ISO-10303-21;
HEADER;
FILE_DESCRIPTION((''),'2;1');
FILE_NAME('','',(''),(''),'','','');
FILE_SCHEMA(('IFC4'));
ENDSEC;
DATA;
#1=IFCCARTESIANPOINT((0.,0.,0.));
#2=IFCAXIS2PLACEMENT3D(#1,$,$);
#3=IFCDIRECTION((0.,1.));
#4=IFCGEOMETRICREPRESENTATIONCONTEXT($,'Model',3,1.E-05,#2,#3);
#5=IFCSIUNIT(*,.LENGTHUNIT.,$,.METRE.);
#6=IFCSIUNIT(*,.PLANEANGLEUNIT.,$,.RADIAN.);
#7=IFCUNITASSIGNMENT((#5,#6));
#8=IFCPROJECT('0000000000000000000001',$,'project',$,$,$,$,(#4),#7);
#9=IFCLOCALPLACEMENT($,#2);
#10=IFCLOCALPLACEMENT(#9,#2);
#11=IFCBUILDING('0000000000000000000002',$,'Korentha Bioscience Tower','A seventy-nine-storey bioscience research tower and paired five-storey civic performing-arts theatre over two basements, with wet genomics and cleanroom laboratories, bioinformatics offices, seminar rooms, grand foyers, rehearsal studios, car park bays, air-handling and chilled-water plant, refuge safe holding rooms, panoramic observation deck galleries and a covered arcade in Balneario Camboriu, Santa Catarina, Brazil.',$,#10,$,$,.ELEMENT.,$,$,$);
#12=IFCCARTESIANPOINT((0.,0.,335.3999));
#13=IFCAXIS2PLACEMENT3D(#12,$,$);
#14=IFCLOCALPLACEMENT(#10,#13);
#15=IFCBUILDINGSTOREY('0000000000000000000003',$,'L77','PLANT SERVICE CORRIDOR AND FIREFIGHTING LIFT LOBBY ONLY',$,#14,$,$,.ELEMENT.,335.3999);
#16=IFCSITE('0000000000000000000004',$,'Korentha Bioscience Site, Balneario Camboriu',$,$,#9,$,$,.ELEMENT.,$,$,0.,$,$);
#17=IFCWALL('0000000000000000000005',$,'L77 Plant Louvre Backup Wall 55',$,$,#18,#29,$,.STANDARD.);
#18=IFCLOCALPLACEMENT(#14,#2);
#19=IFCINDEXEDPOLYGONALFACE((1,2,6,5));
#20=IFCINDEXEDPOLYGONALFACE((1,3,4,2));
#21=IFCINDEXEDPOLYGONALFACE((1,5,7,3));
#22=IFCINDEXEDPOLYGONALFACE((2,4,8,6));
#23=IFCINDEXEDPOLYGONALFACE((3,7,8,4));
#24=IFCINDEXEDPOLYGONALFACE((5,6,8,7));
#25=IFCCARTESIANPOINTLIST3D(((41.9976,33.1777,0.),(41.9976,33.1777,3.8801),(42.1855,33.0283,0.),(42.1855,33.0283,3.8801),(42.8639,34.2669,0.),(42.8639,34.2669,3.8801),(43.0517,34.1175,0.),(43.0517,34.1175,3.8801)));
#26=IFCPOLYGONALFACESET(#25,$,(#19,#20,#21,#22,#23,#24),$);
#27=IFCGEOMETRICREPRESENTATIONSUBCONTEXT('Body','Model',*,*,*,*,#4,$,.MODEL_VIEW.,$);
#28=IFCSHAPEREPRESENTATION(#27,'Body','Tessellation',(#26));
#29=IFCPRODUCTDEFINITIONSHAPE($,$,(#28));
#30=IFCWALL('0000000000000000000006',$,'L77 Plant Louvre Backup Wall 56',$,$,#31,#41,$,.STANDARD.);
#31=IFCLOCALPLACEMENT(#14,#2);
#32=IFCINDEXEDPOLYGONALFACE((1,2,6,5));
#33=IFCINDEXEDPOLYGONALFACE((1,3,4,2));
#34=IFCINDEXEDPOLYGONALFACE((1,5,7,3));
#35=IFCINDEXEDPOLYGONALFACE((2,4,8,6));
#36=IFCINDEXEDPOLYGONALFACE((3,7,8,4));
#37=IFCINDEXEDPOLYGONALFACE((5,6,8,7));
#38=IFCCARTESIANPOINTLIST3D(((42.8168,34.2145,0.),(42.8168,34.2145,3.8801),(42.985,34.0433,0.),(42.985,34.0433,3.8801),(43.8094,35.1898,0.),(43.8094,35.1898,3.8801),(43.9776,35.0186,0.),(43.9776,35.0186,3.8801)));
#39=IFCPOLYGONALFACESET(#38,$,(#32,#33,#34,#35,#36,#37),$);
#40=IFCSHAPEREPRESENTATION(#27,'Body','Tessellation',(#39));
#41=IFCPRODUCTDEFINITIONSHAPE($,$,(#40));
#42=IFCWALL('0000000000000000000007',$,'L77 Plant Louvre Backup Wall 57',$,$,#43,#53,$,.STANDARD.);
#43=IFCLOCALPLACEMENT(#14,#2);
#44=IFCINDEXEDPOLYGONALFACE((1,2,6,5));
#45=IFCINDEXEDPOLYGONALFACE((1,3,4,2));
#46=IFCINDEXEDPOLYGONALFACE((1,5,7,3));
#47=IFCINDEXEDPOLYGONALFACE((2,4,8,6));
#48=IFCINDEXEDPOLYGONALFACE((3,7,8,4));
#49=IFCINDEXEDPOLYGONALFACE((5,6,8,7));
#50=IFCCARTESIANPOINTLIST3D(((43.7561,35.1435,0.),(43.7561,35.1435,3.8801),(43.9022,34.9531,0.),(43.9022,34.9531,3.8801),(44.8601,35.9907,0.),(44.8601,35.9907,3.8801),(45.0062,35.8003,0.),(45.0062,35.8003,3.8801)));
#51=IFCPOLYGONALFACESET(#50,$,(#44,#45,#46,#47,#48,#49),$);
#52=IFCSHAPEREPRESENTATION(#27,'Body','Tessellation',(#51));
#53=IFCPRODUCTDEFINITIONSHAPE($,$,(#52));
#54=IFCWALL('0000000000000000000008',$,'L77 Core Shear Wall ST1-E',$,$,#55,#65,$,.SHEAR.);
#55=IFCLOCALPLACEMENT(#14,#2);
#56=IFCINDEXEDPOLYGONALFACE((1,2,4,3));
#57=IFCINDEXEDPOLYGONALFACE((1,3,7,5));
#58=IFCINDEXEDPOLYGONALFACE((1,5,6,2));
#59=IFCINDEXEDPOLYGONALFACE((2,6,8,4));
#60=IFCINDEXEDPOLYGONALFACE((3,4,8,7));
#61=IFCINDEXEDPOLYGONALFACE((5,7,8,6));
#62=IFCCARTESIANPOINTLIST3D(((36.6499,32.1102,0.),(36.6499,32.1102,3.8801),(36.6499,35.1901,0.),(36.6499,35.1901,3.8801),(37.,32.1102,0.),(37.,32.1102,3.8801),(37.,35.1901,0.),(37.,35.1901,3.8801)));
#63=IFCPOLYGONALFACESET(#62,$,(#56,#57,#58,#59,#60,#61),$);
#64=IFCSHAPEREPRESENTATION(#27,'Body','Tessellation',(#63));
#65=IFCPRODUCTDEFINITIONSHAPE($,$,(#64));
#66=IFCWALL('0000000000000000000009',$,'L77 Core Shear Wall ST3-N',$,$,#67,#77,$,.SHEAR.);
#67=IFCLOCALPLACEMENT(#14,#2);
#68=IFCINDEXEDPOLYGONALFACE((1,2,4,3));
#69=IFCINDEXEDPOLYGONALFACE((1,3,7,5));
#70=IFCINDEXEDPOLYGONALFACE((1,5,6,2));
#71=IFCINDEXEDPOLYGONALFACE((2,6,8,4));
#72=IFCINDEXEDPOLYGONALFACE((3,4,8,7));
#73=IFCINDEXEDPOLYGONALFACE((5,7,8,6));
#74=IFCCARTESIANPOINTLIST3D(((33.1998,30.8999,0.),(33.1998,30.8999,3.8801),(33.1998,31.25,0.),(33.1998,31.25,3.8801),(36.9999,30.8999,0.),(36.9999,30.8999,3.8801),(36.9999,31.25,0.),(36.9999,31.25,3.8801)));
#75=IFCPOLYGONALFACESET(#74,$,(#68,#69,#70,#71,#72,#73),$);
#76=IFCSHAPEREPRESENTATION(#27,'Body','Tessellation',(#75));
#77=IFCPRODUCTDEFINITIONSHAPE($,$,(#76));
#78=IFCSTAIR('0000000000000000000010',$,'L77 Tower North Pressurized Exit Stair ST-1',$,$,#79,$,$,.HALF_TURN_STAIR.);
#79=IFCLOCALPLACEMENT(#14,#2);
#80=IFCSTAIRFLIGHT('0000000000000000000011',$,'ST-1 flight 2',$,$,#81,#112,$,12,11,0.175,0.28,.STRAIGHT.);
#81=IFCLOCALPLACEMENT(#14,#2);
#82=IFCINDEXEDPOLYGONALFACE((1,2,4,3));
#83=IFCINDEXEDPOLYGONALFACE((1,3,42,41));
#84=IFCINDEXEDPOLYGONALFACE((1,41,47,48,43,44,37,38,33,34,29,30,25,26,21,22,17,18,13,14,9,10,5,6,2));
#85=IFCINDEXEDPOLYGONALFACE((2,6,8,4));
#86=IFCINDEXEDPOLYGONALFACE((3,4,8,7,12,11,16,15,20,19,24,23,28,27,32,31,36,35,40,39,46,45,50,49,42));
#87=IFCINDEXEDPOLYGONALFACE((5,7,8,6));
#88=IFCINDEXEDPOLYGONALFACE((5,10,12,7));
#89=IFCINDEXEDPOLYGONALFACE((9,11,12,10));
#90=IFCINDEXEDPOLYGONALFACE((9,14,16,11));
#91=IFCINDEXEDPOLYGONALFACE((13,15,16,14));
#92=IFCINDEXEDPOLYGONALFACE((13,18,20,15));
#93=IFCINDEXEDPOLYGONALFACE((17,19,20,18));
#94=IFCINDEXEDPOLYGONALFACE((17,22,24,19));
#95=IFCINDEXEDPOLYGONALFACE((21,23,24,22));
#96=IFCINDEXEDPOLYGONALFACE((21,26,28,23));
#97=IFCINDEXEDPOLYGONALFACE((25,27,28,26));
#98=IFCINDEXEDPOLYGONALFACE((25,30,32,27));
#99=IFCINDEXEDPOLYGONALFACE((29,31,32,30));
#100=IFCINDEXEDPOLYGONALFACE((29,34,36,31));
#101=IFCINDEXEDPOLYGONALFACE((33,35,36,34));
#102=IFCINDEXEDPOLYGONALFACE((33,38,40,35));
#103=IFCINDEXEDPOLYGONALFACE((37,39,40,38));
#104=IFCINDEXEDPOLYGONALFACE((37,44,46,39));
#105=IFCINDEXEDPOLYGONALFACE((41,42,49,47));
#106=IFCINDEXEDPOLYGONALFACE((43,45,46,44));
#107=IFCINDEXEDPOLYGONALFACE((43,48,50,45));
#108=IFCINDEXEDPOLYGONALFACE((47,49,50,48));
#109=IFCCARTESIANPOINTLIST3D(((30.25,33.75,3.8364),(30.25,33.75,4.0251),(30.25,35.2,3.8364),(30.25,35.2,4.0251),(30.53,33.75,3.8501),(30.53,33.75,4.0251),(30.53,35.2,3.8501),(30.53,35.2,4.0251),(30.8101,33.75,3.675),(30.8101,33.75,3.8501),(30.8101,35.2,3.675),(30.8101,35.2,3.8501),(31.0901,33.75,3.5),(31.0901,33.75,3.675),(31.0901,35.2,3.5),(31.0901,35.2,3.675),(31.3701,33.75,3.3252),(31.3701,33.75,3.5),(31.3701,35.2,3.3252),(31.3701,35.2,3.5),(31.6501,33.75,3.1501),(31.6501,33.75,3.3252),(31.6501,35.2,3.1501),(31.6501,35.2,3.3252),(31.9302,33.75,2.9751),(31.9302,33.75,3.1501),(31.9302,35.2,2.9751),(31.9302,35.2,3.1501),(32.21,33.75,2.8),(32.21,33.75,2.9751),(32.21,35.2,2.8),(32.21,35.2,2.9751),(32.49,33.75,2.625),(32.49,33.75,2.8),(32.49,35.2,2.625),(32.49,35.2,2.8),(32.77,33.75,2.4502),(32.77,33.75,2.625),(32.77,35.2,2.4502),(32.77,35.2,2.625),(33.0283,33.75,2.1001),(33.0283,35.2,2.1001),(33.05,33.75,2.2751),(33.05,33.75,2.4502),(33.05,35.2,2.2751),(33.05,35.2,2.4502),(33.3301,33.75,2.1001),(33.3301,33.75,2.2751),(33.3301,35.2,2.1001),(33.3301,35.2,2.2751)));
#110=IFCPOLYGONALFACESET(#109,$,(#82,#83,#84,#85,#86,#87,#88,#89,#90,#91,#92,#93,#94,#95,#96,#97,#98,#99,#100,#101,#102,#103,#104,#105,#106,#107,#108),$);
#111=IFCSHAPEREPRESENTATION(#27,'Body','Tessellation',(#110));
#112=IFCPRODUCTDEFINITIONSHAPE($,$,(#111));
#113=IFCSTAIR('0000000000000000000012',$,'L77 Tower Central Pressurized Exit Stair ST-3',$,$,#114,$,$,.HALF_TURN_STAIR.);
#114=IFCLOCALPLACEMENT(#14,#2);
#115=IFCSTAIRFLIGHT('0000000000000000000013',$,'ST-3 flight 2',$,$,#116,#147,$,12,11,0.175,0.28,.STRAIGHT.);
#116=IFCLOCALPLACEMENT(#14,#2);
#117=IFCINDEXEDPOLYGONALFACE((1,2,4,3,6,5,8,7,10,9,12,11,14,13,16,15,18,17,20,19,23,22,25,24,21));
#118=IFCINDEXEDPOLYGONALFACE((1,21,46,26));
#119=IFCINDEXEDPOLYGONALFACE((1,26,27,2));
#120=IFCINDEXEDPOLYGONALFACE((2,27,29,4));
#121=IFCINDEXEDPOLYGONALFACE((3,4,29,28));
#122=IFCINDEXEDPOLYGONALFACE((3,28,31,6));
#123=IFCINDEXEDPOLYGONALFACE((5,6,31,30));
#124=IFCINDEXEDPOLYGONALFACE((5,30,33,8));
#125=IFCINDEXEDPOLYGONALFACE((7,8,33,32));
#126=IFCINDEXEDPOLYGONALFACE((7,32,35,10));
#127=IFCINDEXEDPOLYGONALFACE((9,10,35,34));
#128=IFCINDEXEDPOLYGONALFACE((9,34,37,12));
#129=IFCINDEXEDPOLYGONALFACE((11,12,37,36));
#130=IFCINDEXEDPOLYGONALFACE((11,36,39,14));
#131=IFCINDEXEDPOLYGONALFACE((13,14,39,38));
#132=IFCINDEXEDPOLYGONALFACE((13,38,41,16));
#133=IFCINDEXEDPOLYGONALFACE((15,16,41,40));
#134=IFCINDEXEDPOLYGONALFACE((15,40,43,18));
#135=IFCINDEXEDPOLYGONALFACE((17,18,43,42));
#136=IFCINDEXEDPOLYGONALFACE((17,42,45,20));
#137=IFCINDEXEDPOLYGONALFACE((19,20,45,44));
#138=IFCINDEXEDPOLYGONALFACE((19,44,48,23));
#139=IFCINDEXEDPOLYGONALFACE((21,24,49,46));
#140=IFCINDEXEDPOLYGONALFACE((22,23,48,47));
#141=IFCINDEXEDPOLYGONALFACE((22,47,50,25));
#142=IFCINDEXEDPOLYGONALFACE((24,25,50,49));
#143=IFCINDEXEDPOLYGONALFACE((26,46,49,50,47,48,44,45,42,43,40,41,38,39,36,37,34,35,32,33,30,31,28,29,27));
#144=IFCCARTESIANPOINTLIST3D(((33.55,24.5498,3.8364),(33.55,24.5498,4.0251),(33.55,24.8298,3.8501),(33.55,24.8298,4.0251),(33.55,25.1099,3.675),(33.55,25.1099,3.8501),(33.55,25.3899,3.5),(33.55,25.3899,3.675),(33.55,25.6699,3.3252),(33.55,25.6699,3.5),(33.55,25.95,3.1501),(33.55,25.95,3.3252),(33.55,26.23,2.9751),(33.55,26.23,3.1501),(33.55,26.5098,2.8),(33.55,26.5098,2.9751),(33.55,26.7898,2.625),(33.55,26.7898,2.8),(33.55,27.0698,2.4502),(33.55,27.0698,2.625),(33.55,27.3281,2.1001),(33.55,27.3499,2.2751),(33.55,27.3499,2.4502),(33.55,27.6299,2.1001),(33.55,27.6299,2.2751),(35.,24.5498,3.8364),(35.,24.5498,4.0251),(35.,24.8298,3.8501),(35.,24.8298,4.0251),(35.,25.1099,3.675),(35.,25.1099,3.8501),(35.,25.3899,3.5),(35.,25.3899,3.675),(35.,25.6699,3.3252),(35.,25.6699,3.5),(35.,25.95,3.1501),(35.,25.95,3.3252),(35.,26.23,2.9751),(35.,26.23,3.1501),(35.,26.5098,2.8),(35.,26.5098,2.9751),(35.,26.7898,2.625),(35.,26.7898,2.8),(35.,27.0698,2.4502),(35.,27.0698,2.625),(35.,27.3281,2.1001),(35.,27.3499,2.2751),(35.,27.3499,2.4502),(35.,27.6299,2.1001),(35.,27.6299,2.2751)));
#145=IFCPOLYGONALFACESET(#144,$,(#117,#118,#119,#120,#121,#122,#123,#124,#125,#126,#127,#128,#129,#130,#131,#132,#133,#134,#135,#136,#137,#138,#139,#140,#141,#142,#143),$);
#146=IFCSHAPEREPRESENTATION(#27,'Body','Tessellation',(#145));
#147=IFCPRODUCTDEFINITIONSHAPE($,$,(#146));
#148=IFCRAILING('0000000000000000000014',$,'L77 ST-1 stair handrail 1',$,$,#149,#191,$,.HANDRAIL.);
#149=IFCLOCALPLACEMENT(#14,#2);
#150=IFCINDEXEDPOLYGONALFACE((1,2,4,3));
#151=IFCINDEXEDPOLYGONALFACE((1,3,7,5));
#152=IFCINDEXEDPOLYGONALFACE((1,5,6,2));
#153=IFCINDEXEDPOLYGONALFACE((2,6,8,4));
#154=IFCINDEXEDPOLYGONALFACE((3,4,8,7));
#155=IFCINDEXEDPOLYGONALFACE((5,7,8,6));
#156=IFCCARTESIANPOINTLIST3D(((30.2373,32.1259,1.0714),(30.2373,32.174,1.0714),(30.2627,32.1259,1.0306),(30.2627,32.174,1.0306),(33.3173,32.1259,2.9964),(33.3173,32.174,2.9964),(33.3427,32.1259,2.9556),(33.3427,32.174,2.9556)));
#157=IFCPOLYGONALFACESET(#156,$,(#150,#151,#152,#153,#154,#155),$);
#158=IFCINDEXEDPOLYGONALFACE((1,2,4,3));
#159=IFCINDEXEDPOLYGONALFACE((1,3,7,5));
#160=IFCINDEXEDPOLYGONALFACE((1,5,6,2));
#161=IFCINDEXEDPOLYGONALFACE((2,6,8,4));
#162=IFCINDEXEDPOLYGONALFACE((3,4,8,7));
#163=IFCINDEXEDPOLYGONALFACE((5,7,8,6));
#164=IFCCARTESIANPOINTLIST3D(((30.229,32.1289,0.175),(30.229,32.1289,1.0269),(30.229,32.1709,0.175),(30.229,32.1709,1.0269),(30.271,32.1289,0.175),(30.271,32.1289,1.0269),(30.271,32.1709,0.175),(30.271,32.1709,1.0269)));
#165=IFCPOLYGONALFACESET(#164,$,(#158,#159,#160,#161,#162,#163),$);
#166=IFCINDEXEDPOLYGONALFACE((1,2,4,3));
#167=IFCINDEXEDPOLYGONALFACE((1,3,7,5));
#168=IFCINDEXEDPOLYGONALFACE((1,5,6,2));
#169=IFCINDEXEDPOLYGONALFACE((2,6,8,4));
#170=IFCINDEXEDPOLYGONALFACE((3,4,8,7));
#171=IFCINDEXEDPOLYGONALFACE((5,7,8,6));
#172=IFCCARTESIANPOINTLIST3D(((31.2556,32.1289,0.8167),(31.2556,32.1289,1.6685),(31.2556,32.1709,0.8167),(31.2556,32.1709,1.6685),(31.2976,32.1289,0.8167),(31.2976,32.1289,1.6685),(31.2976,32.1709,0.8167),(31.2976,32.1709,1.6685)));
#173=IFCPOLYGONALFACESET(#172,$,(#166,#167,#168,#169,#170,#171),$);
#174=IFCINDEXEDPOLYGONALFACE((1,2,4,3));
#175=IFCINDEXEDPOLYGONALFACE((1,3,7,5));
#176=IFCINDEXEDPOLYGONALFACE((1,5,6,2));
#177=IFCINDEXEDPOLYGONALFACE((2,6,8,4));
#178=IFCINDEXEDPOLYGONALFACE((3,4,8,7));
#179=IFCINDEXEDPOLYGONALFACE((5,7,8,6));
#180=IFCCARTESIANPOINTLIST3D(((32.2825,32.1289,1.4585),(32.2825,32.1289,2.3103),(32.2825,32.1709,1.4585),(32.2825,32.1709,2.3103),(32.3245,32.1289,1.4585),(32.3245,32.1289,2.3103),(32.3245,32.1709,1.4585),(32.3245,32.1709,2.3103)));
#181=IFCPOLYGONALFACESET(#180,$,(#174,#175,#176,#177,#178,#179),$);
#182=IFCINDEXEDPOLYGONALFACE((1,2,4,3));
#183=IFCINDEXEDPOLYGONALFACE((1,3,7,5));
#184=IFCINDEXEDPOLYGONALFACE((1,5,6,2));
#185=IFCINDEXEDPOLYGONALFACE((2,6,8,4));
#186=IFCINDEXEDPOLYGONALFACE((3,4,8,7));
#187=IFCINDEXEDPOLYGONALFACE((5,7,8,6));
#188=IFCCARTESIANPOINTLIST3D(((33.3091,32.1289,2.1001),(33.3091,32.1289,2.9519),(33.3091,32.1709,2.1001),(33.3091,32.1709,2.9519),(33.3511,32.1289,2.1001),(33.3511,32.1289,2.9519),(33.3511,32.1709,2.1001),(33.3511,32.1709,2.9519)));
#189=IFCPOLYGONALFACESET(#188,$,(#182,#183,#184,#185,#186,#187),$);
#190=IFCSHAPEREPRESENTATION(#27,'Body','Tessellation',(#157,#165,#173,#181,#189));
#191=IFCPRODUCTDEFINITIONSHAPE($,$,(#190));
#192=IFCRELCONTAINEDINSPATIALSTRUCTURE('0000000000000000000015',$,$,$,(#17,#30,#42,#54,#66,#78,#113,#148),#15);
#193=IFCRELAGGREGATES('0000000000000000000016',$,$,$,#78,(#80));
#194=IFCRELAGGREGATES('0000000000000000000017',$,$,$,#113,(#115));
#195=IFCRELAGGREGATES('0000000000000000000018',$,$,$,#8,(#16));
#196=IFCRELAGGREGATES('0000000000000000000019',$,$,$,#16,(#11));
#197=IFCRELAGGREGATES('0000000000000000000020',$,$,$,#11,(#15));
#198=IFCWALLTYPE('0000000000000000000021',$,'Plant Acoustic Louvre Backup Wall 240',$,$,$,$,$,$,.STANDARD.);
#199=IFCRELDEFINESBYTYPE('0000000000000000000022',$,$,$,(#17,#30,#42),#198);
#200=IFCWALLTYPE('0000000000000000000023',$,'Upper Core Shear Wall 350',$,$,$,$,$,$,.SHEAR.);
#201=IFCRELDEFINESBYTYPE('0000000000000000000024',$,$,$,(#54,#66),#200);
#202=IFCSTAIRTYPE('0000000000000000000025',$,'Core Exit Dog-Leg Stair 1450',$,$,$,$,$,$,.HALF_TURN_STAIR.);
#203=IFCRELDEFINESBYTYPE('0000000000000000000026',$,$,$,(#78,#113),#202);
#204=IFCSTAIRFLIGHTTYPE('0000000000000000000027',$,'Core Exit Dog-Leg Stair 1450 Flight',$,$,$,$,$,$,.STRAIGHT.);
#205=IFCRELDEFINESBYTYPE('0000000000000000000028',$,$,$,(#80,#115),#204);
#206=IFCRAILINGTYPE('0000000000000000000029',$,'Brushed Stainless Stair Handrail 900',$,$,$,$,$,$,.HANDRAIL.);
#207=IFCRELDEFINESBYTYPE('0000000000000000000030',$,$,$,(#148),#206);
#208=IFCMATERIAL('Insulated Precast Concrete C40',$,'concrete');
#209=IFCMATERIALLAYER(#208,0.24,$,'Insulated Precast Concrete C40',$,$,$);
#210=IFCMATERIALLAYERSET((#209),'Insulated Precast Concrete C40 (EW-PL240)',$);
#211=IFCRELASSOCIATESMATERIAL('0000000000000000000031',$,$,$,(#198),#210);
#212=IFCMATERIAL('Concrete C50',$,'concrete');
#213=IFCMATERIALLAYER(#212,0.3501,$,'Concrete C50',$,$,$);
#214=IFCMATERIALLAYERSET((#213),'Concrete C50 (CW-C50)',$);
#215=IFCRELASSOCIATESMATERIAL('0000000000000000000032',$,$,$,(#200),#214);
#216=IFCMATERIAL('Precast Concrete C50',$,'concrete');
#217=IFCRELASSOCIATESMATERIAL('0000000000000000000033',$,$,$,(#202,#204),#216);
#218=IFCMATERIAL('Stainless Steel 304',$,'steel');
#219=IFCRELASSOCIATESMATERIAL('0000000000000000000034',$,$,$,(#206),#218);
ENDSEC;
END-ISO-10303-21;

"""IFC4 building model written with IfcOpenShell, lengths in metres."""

from ifc_helpers import new_model, si_unit, direction, frame, frame_2d, origin, origin_2d, place, context, subcontext, project, spatial, polyline, rectangle, outline, extrude, material, layer, layer_set, type_object, element, aggregate, save


model = new_model("IFC4")

# Units and contexts
model_context = context("Model", 3, precision=1e-05, world=origin(), true_north=direction((0.0, 1.0)))
body_context = subcontext(model_context, "Body", "Model", "MODEL_VIEW")
ifc_project = project(units=[si_unit("LENGTHUNIT", "METRE"), si_unit("PLANEANGLEUNIT", "RADIAN")], contexts=[model_context])

# Site, building, storey
site_placement = place(None, origin())
site = spatial("IfcSite", under=ifc_project, at=site_placement, Name="Korentha Bioscience Site, Balneario Camboriu", CompositionType="ELEMENT", RefElevation=0.0)
building_placement = place(site_placement, origin())
building = spatial("IfcBuilding", under=site, at=building_placement, Name="Korentha Bioscience Tower", Description="A seventy-nine-storey bioscience research tower and paired five-storey civic performing-arts theatre over two basements, with wet genomics and cleanroom laboratories, bioinformatics offices, seminar rooms, grand foyers, rehearsal studios, car park bays, air-handling and chilled-water plant, refuge safe holding rooms, panoramic observation deck galleries and a covered arcade in Balneario Camboriu, Santa Catarina, Brazil.", CompositionType="ELEMENT")
storey_placement = place(building_placement, frame((0.0, 0.0, 335.3999)))
storey = spatial("IfcBuildingStorey", under=building, at=storey_placement, Name="L77", Description="PLANT SERVICE CORRIDOR AND FIREFIGHTING LIFT LOBBY ONLY", CompositionType="ELEMENT", Elevation=335.3999)

# Shared definitions
ifc_material_1 = material(Name="Concrete C50", Category="concrete")

# Walls
ifc_material_2 = material(Name="Insulated Precast Concrete C40", Category="concrete")
ifc_layer_1 = layer(ifc_material_2, 0.24, Name="Insulated Precast Concrete C40")
ifc_layer_set_1 = layer_set([ifc_layer_1], Name="Insulated Precast Concrete C40 (EW-PL240)")
wall_type_1 = type_object("IfcWallType", Name="Plant Acoustic Louvre Backup Wall 240", PredefinedType="STANDARD", material=ifc_layer_set_1)
for number, where, z_axis, x_axis, name in (
    (1, (42.0916, 33.103, 0.0), (0.0, 0.0, 1.0), (0.622467, 0.782646, 0.0), "L77 Plant Louvre Backup Wall 55"),
    (2, (42.9009, 34.1289, 0.0), (0.0, 0.0, 1.0), (0.713307, 0.700852, 0.0), "L77 Plant Louvre Backup Wall 56"),
    (3, (43.8291, 35.0483, 0.0), (0.0, 0.0, 1.0), (0.793341, 0.608778, 0.0), "L77 Plant Louvre Backup Wall 57"),
):
    element("IfcWall", number, at=place(storey_placement, frame(where, z_axis=z_axis, x_axis=x_axis)), inside=storey, type_object=wall_type_1, Name=name, PredefinedType="STANDARD", context=body_context, shape_type="SweptSolid", body=[
        extrude(rectangle(XDim=1.3916, YDim=0.24, at=frame_2d((0.6958, 0.0))), origin(), (0.0, 0.0, 1.0), 3.8801),
    ])
ifc_layer_2 = layer(ifc_material_1, 0.3501, Name="Concrete C50")
ifc_layer_set_2 = layer_set([ifc_layer_2], Name="Concrete C50 (CW-C50)")
wall_type_2 = type_object("IfcWallType", Name="Upper Core Shear Wall 350", PredefinedType="SHEAR", material=ifc_layer_set_2)
wall_1_placement = place(storey_placement, frame((36.825, 32.1101, 0.0), z_axis=(0.0, 0.0, 1.0), x_axis=(0.0, 1.0, 0.0)))
element("IfcWall", 4, at=wall_1_placement, inside=storey, type_object=wall_type_2, Name="L77 Core Shear Wall ST1-E", PredefinedType="SHEAR", context=body_context, shape_type="SweptSolid", body=[
    extrude(rectangle(XDim=3.0798, YDim=0.3501, at=frame_2d((1.54, 0.0))), origin(), (0.0, 0.0, 1.0), 3.8801),
])
wall_2_placement = place(storey_placement, frame((33.2, 31.075, 0.0), z_axis=(0.0, 0.0, 1.0), x_axis=(1.0, 0.0, 0.0)))
element("IfcWall", 5, at=wall_2_placement, inside=storey, type_object=wall_type_2, Name="L77 Core Shear Wall ST3-N", PredefinedType="SHEAR", context=body_context, shape_type="SweptSolid", body=[
    extrude(rectangle(XDim=3.8, YDim=0.3501, at=frame_2d((1.8999, 0.0))), origin(), (0.0, 0.0, 1.0), 3.8801),
])

# Stairs, stair flights
ifc_material_3 = material(Name="Precast Concrete C50", Category="concrete")
stair_type = type_object("IfcStairType", Name="Core Exit Dog-Leg Stair 1450", PredefinedType="HALF_TURN_STAIR", material=ifc_material_3)
stair_1_placement = place(storey_placement, origin())
stair_1 = element("IfcStair", 6, at=stair_1_placement, inside=storey, type_object=stair_type, Name="L77 Tower North Pressurized Exit Stair ST-1", PredefinedType="HALF_TURN_STAIR")
stair_flight_type = type_object("IfcStairFlightType", Name="Core Exit Dog-Leg Stair 1450 Flight", PredefinedType="STRAIGHT", material=ifc_material_3)
stair_flight_1_placement = place(storey_placement, frame((33.3301, 34.4751, 2.1001), z_axis=(0.0, 0.0, 1.0), x_axis=(-1.0, 0.0, 0.0)))
stair_flight_1 = element("IfcStairFlight", 7, at=stair_flight_1_placement, type_object=stair_flight_type, Name="ST-1 flight 2", NumberOfRisers=12, NumberOfTreads=11, PredefinedType="STRAIGHT", RiserHeight=0.175, TreadLength=0.28, context=body_context, shape_type="SweptSolid", body=[
    extrude(outline(polyline([(0.0, 0.0), (0.0, 0.175), (0.28, 0.175), (0.28, 0.3501), (0.5601, 0.3501), (0.5601, 0.5249), (0.8401, 0.5249), (0.8401, 0.7), (1.1201, 0.7), (1.1201, 0.875), (1.3999, 0.875), (1.3999, 1.05), (1.6799, 1.05), (1.6799, 1.2251), (1.96, 1.2251), (1.96, 1.3999), (2.24, 1.3999), (2.24, 1.575), (2.52, 1.575), (2.52, 1.75), (2.8, 1.75), (2.8, 1.925), (3.0801, 1.925), (3.0801, 2.1001), (3.0801, 1.7363), (0.3018, 0.0), (0.0, 0.0)])), frame((0.0, 0.7251, 0.0), z_axis=(0.0, -1.0, 0.0), x_axis=(1.0, 0.0, 0.0)), (0.0, 0.0, 1.0), 1.45),
])
aggregate(stair_1, [stair_flight_1])
stair_2_placement = place(storey_placement, origin())
stair_2 = element("IfcStair", 8, at=stair_2_placement, inside=storey, type_object=stair_type, Name="L77 Tower Central Pressurized Exit Stair ST-3", PredefinedType="HALF_TURN_STAIR")
stair_flight_2_placement = place(storey_placement, frame((34.2749, 27.6299, 2.1001), z_axis=(0.0, 0.0, 1.0), x_axis=(0.0, -1.0, 0.0)))
stair_flight_2 = element("IfcStairFlight", 9, at=stair_flight_2_placement, type_object=stair_flight_type, Name="ST-3 flight 2", NumberOfRisers=12, NumberOfTreads=11, PredefinedType="STRAIGHT", RiserHeight=0.175, TreadLength=0.28, context=body_context, shape_type="SweptSolid", body=[
    extrude(outline(polyline([(0.0, 0.0), (0.0, 0.175), (0.28, 0.175), (0.28, 0.3501), (0.5601, 0.3501), (0.5601, 0.5249), (0.8401, 0.5249), (0.8401, 0.7), (1.1201, 0.7), (1.1201, 0.875), (1.3999, 0.875), (1.3999, 1.05), (1.6799, 1.05), (1.6799, 1.2251), (1.96, 1.2251), (1.96, 1.3999), (2.24, 1.3999), (2.24, 1.575), (2.52, 1.575), (2.52, 1.75), (2.8, 1.75), (2.8, 1.925), (3.0801, 1.925), (3.0801, 2.1001), (3.0801, 1.7363), (0.3018, 0.0), (0.0, 0.0)])), frame((0.0, 0.7251, 0.0), z_axis=(0.0, -1.0, 0.0), x_axis=(1.0, 0.0, 0.0)), (0.0, 0.0, 1.0), 1.45),
])
aggregate(stair_2, [stair_flight_2])

# Railing
ifc_material_4 = material(Name="Stainless Steel 304", Category="steel")
railing_type_1 = type_object("IfcRailingType", Name="Brushed Stainless Stair Handrail 900", PredefinedType="HANDRAIL", material=ifc_material_4)
railing_1_placement = place(storey_placement, frame((30.25, 32.1499, 0.175)))
element("IfcRailing", 10, at=railing_1_placement, inside=storey, type_object=railing_type_1, Name="L77 ST-1 stair handrail 1", PredefinedType="HANDRAIL", context=body_context, shape_type="SweptSolid", body=[
    extrude(rectangle(XDim=0.0481, YDim=0.0481, at=origin_2d()), frame((0.0, 0.0, 0.876), z_axis=(0.847998, 0.0, 0.529999), x_axis=(0.0, 1.0, 0.0)), (0.0, 0.0, 1.0), 3.6321),
    extrude(rectangle(XDim=0.042, YDim=0.042, at=origin_2d()), origin(), (0.0, 0.0, 1.0), 0.8518),
    extrude(rectangle(XDim=0.042, YDim=0.042, at=origin_2d()), frame((1.0266, 0.0, 0.6416)), (0.0, 0.0, 1.0), 0.8518),
    extrude(rectangle(XDim=0.042, YDim=0.042, at=origin_2d()), frame((2.0535, 0.0, 1.2834)), (0.0, 0.0, 1.0), 0.8518),
    extrude(rectangle(XDim=0.042, YDim=0.042, at=origin_2d()), frame((3.0801, 0.0, 1.925)), (0.0, 0.0, 1.0), 0.8518),
])

save(model, "model.ifc")
